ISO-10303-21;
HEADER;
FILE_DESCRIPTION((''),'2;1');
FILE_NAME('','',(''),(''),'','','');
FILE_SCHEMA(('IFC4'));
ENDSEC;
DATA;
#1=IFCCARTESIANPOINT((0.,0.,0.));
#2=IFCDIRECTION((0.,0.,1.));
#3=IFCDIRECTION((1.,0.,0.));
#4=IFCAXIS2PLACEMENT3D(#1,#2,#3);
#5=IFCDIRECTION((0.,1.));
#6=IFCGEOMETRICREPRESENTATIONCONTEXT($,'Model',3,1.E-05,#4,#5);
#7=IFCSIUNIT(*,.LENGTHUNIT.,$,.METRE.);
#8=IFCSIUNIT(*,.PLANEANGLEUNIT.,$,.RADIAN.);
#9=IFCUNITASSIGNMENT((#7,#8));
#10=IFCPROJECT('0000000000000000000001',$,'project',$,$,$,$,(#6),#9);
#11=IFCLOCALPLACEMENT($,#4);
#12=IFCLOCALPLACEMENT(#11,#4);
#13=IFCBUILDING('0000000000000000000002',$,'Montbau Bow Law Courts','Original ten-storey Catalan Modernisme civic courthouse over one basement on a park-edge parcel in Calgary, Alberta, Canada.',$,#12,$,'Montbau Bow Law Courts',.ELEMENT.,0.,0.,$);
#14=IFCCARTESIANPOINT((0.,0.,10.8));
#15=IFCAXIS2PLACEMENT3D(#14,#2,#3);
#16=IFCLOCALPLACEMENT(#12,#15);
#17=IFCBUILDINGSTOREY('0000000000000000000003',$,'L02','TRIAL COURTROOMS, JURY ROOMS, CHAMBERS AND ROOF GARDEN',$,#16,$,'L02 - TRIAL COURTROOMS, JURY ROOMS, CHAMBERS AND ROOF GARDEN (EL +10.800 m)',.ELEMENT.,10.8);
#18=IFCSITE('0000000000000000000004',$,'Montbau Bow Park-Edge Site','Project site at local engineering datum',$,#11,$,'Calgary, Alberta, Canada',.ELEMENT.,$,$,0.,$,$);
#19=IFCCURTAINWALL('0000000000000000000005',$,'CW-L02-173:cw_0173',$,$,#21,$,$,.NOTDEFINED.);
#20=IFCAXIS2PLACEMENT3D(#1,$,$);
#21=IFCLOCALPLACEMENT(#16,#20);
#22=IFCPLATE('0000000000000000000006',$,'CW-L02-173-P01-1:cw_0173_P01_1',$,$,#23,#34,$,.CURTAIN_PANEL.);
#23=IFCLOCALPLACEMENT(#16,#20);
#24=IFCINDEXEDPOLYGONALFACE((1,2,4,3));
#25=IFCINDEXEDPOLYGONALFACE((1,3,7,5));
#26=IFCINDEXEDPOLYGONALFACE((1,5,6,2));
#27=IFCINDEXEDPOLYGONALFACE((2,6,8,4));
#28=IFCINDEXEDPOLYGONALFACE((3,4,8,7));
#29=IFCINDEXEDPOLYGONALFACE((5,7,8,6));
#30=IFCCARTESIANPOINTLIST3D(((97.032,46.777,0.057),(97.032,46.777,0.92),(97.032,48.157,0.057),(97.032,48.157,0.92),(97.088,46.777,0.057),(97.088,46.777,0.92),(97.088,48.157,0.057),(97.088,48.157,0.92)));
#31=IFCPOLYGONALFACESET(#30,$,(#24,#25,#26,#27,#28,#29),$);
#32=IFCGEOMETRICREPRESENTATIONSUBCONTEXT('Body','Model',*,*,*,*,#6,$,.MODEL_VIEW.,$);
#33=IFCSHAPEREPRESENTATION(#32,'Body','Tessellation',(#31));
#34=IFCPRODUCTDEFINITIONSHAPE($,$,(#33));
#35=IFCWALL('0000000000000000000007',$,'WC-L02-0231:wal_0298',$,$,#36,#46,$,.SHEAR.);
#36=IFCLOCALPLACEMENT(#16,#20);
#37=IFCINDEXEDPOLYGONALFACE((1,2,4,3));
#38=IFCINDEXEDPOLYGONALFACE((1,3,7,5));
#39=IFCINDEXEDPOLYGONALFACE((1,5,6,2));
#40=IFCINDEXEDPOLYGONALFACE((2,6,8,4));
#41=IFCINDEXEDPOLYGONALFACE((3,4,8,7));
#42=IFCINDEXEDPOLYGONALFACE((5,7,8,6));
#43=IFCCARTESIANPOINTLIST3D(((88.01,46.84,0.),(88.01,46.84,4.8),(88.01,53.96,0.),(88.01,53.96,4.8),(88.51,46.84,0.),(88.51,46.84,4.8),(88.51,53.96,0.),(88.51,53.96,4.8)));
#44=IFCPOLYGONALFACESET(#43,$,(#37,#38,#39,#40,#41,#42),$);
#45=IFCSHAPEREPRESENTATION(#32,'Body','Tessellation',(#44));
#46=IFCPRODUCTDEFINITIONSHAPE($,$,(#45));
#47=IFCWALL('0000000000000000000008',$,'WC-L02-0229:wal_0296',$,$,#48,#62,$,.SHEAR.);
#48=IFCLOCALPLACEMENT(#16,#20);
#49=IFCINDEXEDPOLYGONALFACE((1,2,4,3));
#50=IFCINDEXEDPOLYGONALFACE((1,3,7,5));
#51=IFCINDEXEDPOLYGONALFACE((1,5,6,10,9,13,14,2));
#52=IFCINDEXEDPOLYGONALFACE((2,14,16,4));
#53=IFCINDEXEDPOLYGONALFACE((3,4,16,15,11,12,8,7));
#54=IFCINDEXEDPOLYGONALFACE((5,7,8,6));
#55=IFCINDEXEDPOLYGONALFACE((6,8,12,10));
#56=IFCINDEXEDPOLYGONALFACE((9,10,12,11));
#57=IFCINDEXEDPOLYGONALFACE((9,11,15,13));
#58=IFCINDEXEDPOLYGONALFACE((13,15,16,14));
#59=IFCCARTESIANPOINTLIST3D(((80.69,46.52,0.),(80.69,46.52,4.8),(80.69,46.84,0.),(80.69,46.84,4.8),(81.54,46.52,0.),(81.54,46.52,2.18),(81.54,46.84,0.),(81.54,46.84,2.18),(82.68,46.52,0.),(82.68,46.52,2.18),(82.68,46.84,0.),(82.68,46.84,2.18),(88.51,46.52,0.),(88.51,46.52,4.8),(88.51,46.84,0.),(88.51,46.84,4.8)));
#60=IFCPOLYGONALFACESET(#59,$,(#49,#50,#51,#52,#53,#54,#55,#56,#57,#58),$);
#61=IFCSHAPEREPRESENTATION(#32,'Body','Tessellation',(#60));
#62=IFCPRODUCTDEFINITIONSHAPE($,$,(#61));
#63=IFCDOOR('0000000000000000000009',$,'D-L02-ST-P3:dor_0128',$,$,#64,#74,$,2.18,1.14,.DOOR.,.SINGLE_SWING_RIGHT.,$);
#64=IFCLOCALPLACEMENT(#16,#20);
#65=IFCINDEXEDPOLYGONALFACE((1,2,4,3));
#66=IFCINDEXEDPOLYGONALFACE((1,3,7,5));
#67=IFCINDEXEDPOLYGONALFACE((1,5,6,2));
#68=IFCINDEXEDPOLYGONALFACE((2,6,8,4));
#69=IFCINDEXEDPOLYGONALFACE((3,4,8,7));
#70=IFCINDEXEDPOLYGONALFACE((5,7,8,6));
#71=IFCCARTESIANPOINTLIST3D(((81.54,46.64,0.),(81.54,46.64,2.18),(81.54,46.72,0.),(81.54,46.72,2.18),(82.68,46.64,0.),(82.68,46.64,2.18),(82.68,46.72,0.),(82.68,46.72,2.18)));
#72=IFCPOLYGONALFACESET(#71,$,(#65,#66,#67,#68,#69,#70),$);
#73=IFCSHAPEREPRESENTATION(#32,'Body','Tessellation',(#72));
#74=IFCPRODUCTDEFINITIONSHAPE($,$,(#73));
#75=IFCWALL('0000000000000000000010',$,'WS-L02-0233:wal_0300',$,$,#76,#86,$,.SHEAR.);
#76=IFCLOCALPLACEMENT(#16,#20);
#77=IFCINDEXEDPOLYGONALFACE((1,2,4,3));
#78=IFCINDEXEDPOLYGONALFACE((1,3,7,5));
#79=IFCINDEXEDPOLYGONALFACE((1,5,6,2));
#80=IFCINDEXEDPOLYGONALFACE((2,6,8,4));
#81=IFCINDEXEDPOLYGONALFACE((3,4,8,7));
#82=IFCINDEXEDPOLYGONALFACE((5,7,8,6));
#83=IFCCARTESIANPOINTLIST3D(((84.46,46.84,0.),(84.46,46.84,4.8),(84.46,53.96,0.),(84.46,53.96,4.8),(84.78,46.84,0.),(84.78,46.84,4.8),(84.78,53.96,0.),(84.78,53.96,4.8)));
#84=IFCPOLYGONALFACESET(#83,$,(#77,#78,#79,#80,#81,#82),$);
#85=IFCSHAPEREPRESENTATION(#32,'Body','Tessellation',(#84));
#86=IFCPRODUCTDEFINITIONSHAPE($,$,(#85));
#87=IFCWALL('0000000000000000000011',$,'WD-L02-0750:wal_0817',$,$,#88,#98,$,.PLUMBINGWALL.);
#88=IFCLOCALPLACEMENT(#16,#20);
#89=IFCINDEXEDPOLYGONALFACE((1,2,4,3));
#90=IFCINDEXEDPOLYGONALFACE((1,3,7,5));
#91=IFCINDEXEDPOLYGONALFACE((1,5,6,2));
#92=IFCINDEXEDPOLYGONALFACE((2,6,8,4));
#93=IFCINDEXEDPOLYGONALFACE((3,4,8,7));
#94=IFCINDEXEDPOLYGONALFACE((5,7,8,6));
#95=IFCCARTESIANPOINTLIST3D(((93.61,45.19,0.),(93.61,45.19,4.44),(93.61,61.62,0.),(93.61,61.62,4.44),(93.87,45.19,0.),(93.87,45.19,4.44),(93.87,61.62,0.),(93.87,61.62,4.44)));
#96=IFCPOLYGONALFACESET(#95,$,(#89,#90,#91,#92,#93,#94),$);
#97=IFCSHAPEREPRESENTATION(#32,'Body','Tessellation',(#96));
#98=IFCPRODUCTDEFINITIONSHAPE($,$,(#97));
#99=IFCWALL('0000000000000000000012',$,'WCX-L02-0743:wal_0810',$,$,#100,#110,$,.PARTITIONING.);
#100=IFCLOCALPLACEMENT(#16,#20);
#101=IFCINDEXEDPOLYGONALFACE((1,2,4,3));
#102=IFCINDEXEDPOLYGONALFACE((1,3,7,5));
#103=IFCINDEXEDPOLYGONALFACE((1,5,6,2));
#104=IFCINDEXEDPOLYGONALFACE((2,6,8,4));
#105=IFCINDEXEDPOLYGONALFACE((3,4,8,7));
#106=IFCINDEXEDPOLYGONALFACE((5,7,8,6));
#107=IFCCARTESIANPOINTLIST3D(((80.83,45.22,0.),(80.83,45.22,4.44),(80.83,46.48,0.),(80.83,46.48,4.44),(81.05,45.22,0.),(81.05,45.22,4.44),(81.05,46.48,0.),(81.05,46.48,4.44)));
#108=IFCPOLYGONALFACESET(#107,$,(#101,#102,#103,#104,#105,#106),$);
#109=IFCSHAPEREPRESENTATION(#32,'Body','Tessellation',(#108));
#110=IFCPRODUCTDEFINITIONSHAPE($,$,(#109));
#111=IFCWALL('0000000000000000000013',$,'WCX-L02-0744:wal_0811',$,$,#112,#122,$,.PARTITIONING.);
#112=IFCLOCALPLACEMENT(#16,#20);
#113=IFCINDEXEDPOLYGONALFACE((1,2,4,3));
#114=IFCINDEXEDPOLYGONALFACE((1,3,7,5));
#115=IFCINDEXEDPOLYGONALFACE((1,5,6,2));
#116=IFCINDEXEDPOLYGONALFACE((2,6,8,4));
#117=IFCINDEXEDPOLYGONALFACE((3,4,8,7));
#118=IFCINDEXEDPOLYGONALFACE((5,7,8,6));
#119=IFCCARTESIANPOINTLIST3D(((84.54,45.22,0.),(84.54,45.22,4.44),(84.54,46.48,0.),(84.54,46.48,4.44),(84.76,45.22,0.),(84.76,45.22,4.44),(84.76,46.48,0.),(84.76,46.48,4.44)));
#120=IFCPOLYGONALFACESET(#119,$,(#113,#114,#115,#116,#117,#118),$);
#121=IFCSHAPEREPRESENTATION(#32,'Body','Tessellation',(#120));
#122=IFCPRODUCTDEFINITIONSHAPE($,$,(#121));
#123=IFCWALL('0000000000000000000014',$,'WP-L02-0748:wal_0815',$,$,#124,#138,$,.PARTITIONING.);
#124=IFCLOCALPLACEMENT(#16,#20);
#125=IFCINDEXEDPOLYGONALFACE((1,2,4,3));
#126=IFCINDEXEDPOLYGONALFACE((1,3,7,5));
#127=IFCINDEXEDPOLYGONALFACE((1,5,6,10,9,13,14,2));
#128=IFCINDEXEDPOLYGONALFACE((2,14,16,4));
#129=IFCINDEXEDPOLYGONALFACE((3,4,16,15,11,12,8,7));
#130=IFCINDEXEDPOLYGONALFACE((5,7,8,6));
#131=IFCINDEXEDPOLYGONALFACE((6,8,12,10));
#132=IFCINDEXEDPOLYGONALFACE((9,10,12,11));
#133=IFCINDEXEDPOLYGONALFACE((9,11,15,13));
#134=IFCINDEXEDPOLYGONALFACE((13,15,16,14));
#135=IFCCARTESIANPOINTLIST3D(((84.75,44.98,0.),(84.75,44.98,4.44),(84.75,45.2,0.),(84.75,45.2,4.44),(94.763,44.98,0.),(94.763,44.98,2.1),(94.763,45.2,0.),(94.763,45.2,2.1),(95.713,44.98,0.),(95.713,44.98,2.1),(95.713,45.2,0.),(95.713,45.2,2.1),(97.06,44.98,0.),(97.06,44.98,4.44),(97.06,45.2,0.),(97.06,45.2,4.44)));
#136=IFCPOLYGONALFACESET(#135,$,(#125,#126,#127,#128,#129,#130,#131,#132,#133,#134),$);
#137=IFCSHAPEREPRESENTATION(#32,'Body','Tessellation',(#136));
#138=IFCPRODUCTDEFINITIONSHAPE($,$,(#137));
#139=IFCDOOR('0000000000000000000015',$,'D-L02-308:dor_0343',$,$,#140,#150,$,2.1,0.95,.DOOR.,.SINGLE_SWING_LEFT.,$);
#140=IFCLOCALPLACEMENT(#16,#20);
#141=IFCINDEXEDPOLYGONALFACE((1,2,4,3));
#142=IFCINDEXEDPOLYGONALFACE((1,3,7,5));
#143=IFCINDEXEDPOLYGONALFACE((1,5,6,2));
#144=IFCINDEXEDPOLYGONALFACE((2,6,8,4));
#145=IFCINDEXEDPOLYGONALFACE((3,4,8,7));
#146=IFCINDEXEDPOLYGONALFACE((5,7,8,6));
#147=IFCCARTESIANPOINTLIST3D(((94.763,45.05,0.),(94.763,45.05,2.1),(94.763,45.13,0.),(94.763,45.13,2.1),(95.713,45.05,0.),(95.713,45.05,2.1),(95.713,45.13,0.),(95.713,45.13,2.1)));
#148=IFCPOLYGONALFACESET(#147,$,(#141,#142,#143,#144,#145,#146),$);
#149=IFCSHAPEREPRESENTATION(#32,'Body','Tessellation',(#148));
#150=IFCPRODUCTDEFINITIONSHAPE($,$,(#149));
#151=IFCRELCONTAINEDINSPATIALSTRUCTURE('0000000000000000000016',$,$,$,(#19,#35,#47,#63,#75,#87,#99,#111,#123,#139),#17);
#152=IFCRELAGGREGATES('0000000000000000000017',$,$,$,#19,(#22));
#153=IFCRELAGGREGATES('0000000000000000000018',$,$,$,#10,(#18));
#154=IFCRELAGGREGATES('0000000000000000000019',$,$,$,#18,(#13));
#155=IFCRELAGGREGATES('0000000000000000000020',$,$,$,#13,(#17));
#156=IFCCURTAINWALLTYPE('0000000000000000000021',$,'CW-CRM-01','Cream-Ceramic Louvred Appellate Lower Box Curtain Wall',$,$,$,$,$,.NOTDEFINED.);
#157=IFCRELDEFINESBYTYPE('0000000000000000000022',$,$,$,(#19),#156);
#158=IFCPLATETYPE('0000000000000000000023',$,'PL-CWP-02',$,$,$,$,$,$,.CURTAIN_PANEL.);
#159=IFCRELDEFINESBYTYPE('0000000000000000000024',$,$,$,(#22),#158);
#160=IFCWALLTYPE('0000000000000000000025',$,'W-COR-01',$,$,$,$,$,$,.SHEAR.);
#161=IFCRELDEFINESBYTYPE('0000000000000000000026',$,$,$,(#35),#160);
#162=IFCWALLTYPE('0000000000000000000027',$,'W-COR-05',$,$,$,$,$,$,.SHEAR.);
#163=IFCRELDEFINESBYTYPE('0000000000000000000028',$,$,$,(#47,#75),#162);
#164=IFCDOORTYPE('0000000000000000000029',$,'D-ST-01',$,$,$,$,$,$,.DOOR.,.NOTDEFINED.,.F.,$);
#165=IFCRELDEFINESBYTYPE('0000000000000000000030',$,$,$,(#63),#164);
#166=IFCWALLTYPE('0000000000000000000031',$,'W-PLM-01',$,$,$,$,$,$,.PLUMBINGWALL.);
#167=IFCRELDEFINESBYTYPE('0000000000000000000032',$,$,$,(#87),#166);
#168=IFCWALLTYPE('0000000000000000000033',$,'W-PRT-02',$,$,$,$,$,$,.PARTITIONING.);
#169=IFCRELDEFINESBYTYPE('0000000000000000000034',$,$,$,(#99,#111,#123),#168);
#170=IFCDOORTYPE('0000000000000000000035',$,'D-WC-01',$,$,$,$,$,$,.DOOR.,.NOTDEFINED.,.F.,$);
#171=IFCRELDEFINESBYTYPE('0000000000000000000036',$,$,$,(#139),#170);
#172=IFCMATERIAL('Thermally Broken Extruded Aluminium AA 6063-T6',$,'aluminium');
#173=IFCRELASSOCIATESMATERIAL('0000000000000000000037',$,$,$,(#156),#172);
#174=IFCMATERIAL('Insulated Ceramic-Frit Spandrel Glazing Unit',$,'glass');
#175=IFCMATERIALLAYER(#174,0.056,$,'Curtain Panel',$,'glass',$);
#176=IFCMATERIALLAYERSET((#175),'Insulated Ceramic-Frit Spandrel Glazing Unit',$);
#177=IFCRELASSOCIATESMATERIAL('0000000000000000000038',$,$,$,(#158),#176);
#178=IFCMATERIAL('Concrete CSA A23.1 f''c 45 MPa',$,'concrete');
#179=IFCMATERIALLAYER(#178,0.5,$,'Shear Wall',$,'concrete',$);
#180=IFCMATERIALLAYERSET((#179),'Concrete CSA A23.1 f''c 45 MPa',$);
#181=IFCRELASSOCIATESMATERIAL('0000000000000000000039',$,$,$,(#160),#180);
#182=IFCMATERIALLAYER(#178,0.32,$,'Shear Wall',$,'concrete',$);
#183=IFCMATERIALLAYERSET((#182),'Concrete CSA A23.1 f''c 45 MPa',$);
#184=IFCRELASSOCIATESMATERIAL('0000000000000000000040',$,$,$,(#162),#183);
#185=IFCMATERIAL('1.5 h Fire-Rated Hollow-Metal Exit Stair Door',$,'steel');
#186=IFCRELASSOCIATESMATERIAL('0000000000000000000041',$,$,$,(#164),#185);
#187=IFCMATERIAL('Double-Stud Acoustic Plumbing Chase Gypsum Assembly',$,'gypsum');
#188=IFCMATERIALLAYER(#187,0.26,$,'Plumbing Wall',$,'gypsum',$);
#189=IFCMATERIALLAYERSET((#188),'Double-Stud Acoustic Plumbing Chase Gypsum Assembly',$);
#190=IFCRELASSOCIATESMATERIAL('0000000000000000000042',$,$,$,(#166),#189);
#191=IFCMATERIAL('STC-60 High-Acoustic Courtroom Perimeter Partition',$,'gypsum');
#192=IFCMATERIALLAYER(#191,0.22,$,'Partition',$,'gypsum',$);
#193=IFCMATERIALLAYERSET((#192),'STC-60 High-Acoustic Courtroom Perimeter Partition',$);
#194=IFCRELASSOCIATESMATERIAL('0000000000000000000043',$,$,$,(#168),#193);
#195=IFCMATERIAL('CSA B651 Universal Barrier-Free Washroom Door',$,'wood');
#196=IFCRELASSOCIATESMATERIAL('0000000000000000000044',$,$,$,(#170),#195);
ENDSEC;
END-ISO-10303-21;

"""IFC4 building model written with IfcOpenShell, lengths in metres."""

from ifc_helpers import new_model, si_unit, direction, frame, frame_2d, origin_with_axes, place, context, subcontext, project, spatial, rectangle, extrude, material, layer, layer_set, type_object, element, fill, aggregate, save


model = new_model("IFC4")

# Units and contexts
model_context = context("Model", 3, precision=1e-05, world=origin_with_axes(), true_north=direction((0.0, 1.0)))
body_context = subcontext(model_context, "Body", "Model", "MODEL_VIEW")
ifc_project = project(units=[si_unit("LENGTHUNIT", "METRE"), si_unit("PLANEANGLEUNIT", "RADIAN")], contexts=[model_context])

# Site, building, storey
site_placement = place(None, origin_with_axes())
site = spatial("IfcSite", under=ifc_project, at=site_placement, Name="Montbau Bow Park-Edge Site", Description="Project site at local engineering datum", LongName="Calgary, Alberta, Canada", CompositionType="ELEMENT", RefElevation=0.0)
building_placement = place(site_placement, origin_with_axes())
building = spatial("IfcBuilding", under=site, at=building_placement, Name="Montbau Bow Law Courts", Description="Original ten-storey Catalan Modernisme civic courthouse over one basement on a park-edge parcel in Calgary, Alberta, Canada.", LongName="Montbau Bow Law Courts", CompositionType="ELEMENT", ElevationOfRefHeight=0.0, ElevationOfTerrain=0.0)
storey_placement = place(building_placement, frame((0.0, 0.0, 10.8), z_axis=(0.0, 0.0, 1.0), x_axis=(1.0, 0.0, 0.0)))
storey = spatial("IfcBuildingStorey", under=building, at=storey_placement, Name="L02", Description="TRIAL COURTROOMS, JURY ROOMS, CHAMBERS AND ROOF GARDEN", LongName="L02 - TRIAL COURTROOMS, JURY ROOMS, CHAMBERS AND ROOF GARDEN (EL +10.800 m)", CompositionType="ELEMENT", Elevation=10.8)

# Shared definitions
ifc_material_1 = material(Name="Thermally Broken Extruded Aluminium AA 6063-T6", Category="aluminium")
curtain_wall_type = type_object("IfcCurtainWallType", Name="CW-CRM-01", Description="Cream-Ceramic Louvred Appellate Lower Box Curtain Wall", PredefinedType="NOTDEFINED", material=ifc_material_1)

# Curtain wall
curtain_wall_1_placement = place(None, frame((97.06, 46.715, 10.8), z_axis=(0.0, 0.0, 1.0), x_axis=(1.0, 0.0, 0.0)))
curtain_wall_1 = element("IfcCurtainWall", 1, at=curtain_wall_1_placement, inside=storey, type_object=curtain_wall_type, Name="CW-L02-173:cw_0173", PredefinedType="NOTDEFINED")

# Plate
ifc_material_2 = material(Name="Insulated Ceramic-Frit Spandrel Glazing Unit", Category="glass")
ifc_layer_1 = layer(ifc_material_2, 0.056, Name="Curtain Panel", Category="glass")
ifc_layer_set_1 = layer_set([ifc_layer_1], Name="Insulated Ceramic-Frit Spandrel Glazing Unit")
plate_type_1 = type_object("IfcPlateType", Name="PL-CWP-02", PredefinedType="CURTAIN_PANEL", material=ifc_layer_set_1)
plate_1_placement = place(None, frame((97.06, 46.777, 10.857), z_axis=(1.0, 0.0, 0.0), x_axis=(0.0, 1.0, 0.0)))
plate_1 = element("IfcPlate", 2, at=plate_1_placement, type_object=plate_type_1, Name="CW-L02-173-P01-1:cw_0173_P01_1", PredefinedType="CURTAIN_PANEL", context=body_context, shape_type="SweptSolid", body=[
    extrude(rectangle(XDim=1.38, YDim=0.863, at=frame_2d((0.69, 0.4315), x_axis=(1.0, 0.0))), frame((0.0, 0.0, -0.028), z_axis=(0.0, 0.0, 1.0), x_axis=(1.0, 0.0, 0.0)), (0.0, 0.0, 1.0), 0.056),
])
aggregate(curtain_wall_1, [plate_1])

# Wall
ifc_material_3 = material(Name="Concrete CSA A23.1 f'c 45 MPa", Category="concrete")
ifc_layer_2 = layer(ifc_material_3, 0.5, Name="Shear Wall", Category="concrete")
ifc_layer_set_2 = layer_set([ifc_layer_2], Name="Concrete CSA A23.1 f'c 45 MPa")
wall_type_1 = type_object("IfcWallType", Name="W-COR-01", PredefinedType="SHEAR", material=ifc_layer_set_2)
wall_1_placement = place(None, frame((88.26, 46.84, 10.8), z_axis=(0.0, 0.0, 1.0), x_axis=(0.0, 1.0, 0.0)))
element("IfcWall", 3, at=wall_1_placement, inside=storey, type_object=wall_type_1, Name="WC-L02-0231:wal_0298", PredefinedType="SHEAR", context=body_context, shape_type="SweptSolid", body=[
    extrude(rectangle(XDim=7.12, YDim=0.5, at=frame_2d((3.56, 0.0), x_axis=(1.0, 0.0))), origin_with_axes(), (0.0, 0.0, 1.0), 4.8),
])

# Wall, opening, door
ifc_layer_3 = layer(ifc_material_3, 0.32, Name="Shear Wall", Category="concrete")
ifc_layer_set_3 = layer_set([ifc_layer_3], Name="Concrete CSA A23.1 f'c 45 MPa")
wall_type_2 = type_object("IfcWallType", Name="W-COR-05", PredefinedType="SHEAR", material=ifc_layer_set_3)
wall_2_placement = place(None, frame((80.69, 46.68, 10.8), z_axis=(0.0, 0.0, 1.0), x_axis=(1.0, 0.0, 0.0)))
wall_2 = element("IfcWall", 4, at=wall_2_placement, inside=storey, type_object=wall_type_2, Name="WC-L02-0229:wal_0296", PredefinedType="SHEAR", context=body_context, shape_type="SweptSolid", body=[
    extrude(rectangle(XDim=7.82, YDim=0.32, at=frame_2d((3.91, 0.0), x_axis=(1.0, 0.0))), origin_with_axes(), (0.0, 0.0, 1.0), 4.8),
])
opening_1_placement = place(None, frame((82.11, 46.68, 10.8), z_axis=(0.0, 0.0, 1.0), x_axis=(1.0, 0.0, 0.0)))
opening_1 = element("IfcOpeningElement", 5, at=opening_1_placement, cuts=wall_2, PredefinedType="OPENING", context=body_context, shape_type="SweptSolid", body=[
    extrude(rectangle(XDim=1.14, YDim=2.18, at=frame_2d((0.0, 1.09), x_axis=(1.0, 0.0))), frame((0.0, 0.17, 0.0), z_axis=(0.0, -1.0, 0.0), x_axis=(1.0, 0.0, 0.0)), (0.0, 0.0, 1.0), 0.34),
])
ifc_material_4 = material(Name="1.5 h Fire-Rated Hollow-Metal Exit Stair Door", Category="steel")
door_type_1 = type_object("IfcDoorType", Name="D-ST-01", OperationType="NOTDEFINED", ParameterTakesPrecedence=False, PredefinedType="DOOR", material=ifc_material_4)
door_1_placement = place(None, frame((82.11, 46.68, 10.8), z_axis=(0.0, 0.0, 1.0), x_axis=(-1.0, 0.0, 0.0)))
door_1 = element("IfcDoor", 6, at=door_1_placement, inside=storey, type_object=door_type_1, Name="D-L02-ST-P3:dor_0128", OperationType="SINGLE_SWING_RIGHT", OverallHeight=2.18, OverallWidth=1.14, PredefinedType="DOOR", context=body_context, shape_type="SweptSolid", body=[
    extrude(rectangle(XDim=1.14, YDim=2.18, at=frame_2d((0.0, 1.09), x_axis=(1.0, 0.0))), frame((0.0, 0.04, 0.0), z_axis=(0.0, -1.0, 0.0), x_axis=(1.0, 0.0, 0.0)), (0.0, 0.0, 1.0), 0.08),
])
fill(opening_1, door_1)

# Walls
wall_3_placement = place(None, frame((84.62, 46.84, 10.8), z_axis=(0.0, 0.0, 1.0), x_axis=(0.0, 1.0, 0.0)))
element("IfcWall", 7, at=wall_3_placement, inside=storey, type_object=wall_type_2, Name="WS-L02-0233:wal_0300", PredefinedType="SHEAR", context=body_context, shape_type="SweptSolid", body=[
    extrude(rectangle(XDim=7.12, YDim=0.32, at=frame_2d((3.56, 0.0), x_axis=(1.0, 0.0))), origin_with_axes(), (0.0, 0.0, 1.0), 4.8),
])
ifc_material_5 = material(Name="Double-Stud Acoustic Plumbing Chase Gypsum Assembly", Category="gypsum")
ifc_layer_4 = layer(ifc_material_5, 0.26, Name="Plumbing Wall", Category="gypsum")
ifc_layer_set_4 = layer_set([ifc_layer_4], Name="Double-Stud Acoustic Plumbing Chase Gypsum Assembly")
wall_type_3 = type_object("IfcWallType", Name="W-PLM-01", PredefinedType="PLUMBINGWALL", material=ifc_layer_set_4)
wall_4_placement = place(None, frame((93.74, 45.19, 10.8), z_axis=(0.0, 0.0, 1.0), x_axis=(0.0, 1.0, 0.0)))
element("IfcWall", 8, at=wall_4_placement, inside=storey, type_object=wall_type_3, Name="WD-L02-0750:wal_0817", PredefinedType="PLUMBINGWALL", context=body_context, shape_type="SweptSolid", body=[
    extrude(rectangle(XDim=16.43, YDim=0.26, at=frame_2d((8.215, 0.0), x_axis=(1.0, 0.0))), origin_with_axes(), (0.0, 0.0, 1.0), 4.44),
])
ifc_material_6 = material(Name="STC-60 High-Acoustic Courtroom Perimeter Partition", Category="gypsum")
ifc_layer_5 = layer(ifc_material_6, 0.22, Name="Partition", Category="gypsum")
ifc_layer_set_5 = layer_set([ifc_layer_5], Name="STC-60 High-Acoustic Courtroom Perimeter Partition")
wall_type_4 = type_object("IfcWallType", Name="W-PRT-02", PredefinedType="PARTITIONING", material=ifc_layer_set_5)
for number, where, z_axis, x_axis, name in (
    (9, (80.94, 45.22, 10.8), (0.0, 0.0, 1.0), (0.0, 1.0, 0.0), "WCX-L02-0743:wal_0810"),
    (10, (84.65, 45.22, 10.8), (0.0, 0.0, 1.0), (0.0, 1.0, 0.0), "WCX-L02-0744:wal_0811"),
):
    element("IfcWall", number, at=place(None, frame(where, z_axis=z_axis, x_axis=x_axis)), inside=storey, type_object=wall_type_4, Name=name, PredefinedType="PARTITIONING", context=body_context, shape_type="SweptSolid", body=[
        extrude(rectangle(XDim=1.26, YDim=0.22, at=frame_2d((0.63, 0.0), x_axis=(1.0, 0.0))), origin_with_axes(), (0.0, 0.0, 1.0), 4.44),
    ])

# Wall, opening, door
wall_5_placement = place(None, frame((84.75, 45.09, 10.8), z_axis=(0.0, 0.0, 1.0), x_axis=(1.0, 0.0, 0.0)))
wall_5 = element("IfcWall", 11, at=wall_5_placement, inside=storey, type_object=wall_type_4, Name="WP-L02-0748:wal_0815", PredefinedType="PARTITIONING", context=body_context, shape_type="SweptSolid", body=[
    extrude(rectangle(XDim=12.31, YDim=0.22, at=frame_2d((6.155, 0.0), x_axis=(1.0, 0.0))), origin_with_axes(), (0.0, 0.0, 1.0), 4.44),
])
opening_2_placement = place(None, frame((95.238, 45.09, 10.8), z_axis=(0.0, 0.0, 1.0), x_axis=(1.0, 0.0, 0.0)))
opening_2 = element("IfcOpeningElement", 12, at=opening_2_placement, cuts=wall_5, PredefinedType="OPENING", context=body_context, shape_type="SweptSolid", body=[
    extrude(rectangle(XDim=0.95, YDim=2.1, at=frame_2d((0.0, 1.05), x_axis=(1.0, 0.0))), frame((0.0, 0.12, 0.0), z_axis=(0.0, -1.0, 0.0), x_axis=(1.0, 0.0, 0.0)), (0.0, 0.0, 1.0), 0.24),
])
ifc_material_7 = material(Name="CSA B651 Universal Barrier-Free Washroom Door", Category="wood")
door_type_2 = type_object("IfcDoorType", Name="D-WC-01", OperationType="NOTDEFINED", ParameterTakesPrecedence=False, PredefinedType="DOOR", material=ifc_material_7)
door_2_placement = place(None, frame((95.238, 45.09, 10.8), z_axis=(0.0, 0.0, 1.0), x_axis=(-1.0, 0.0, 0.0)))
door_2 = element("IfcDoor", 13, at=door_2_placement, inside=storey, type_object=door_type_2, Name="D-L02-308:dor_0343", OperationType="SINGLE_SWING_LEFT", OverallHeight=2.1, OverallWidth=0.95, PredefinedType="DOOR", context=body_context, shape_type="SweptSolid", body=[
    extrude(rectangle(XDim=0.95, YDim=2.1, at=frame_2d((0.0, 1.05), x_axis=(1.0, 0.0))), frame((0.0, 0.04, 0.0), z_axis=(0.0, -1.0, 0.0), x_axis=(1.0, 0.0, 0.0)), (0.0, 0.0, 1.0), 0.08),
])
fill(opening_2, door_2)

save(model, "model.ifc")
